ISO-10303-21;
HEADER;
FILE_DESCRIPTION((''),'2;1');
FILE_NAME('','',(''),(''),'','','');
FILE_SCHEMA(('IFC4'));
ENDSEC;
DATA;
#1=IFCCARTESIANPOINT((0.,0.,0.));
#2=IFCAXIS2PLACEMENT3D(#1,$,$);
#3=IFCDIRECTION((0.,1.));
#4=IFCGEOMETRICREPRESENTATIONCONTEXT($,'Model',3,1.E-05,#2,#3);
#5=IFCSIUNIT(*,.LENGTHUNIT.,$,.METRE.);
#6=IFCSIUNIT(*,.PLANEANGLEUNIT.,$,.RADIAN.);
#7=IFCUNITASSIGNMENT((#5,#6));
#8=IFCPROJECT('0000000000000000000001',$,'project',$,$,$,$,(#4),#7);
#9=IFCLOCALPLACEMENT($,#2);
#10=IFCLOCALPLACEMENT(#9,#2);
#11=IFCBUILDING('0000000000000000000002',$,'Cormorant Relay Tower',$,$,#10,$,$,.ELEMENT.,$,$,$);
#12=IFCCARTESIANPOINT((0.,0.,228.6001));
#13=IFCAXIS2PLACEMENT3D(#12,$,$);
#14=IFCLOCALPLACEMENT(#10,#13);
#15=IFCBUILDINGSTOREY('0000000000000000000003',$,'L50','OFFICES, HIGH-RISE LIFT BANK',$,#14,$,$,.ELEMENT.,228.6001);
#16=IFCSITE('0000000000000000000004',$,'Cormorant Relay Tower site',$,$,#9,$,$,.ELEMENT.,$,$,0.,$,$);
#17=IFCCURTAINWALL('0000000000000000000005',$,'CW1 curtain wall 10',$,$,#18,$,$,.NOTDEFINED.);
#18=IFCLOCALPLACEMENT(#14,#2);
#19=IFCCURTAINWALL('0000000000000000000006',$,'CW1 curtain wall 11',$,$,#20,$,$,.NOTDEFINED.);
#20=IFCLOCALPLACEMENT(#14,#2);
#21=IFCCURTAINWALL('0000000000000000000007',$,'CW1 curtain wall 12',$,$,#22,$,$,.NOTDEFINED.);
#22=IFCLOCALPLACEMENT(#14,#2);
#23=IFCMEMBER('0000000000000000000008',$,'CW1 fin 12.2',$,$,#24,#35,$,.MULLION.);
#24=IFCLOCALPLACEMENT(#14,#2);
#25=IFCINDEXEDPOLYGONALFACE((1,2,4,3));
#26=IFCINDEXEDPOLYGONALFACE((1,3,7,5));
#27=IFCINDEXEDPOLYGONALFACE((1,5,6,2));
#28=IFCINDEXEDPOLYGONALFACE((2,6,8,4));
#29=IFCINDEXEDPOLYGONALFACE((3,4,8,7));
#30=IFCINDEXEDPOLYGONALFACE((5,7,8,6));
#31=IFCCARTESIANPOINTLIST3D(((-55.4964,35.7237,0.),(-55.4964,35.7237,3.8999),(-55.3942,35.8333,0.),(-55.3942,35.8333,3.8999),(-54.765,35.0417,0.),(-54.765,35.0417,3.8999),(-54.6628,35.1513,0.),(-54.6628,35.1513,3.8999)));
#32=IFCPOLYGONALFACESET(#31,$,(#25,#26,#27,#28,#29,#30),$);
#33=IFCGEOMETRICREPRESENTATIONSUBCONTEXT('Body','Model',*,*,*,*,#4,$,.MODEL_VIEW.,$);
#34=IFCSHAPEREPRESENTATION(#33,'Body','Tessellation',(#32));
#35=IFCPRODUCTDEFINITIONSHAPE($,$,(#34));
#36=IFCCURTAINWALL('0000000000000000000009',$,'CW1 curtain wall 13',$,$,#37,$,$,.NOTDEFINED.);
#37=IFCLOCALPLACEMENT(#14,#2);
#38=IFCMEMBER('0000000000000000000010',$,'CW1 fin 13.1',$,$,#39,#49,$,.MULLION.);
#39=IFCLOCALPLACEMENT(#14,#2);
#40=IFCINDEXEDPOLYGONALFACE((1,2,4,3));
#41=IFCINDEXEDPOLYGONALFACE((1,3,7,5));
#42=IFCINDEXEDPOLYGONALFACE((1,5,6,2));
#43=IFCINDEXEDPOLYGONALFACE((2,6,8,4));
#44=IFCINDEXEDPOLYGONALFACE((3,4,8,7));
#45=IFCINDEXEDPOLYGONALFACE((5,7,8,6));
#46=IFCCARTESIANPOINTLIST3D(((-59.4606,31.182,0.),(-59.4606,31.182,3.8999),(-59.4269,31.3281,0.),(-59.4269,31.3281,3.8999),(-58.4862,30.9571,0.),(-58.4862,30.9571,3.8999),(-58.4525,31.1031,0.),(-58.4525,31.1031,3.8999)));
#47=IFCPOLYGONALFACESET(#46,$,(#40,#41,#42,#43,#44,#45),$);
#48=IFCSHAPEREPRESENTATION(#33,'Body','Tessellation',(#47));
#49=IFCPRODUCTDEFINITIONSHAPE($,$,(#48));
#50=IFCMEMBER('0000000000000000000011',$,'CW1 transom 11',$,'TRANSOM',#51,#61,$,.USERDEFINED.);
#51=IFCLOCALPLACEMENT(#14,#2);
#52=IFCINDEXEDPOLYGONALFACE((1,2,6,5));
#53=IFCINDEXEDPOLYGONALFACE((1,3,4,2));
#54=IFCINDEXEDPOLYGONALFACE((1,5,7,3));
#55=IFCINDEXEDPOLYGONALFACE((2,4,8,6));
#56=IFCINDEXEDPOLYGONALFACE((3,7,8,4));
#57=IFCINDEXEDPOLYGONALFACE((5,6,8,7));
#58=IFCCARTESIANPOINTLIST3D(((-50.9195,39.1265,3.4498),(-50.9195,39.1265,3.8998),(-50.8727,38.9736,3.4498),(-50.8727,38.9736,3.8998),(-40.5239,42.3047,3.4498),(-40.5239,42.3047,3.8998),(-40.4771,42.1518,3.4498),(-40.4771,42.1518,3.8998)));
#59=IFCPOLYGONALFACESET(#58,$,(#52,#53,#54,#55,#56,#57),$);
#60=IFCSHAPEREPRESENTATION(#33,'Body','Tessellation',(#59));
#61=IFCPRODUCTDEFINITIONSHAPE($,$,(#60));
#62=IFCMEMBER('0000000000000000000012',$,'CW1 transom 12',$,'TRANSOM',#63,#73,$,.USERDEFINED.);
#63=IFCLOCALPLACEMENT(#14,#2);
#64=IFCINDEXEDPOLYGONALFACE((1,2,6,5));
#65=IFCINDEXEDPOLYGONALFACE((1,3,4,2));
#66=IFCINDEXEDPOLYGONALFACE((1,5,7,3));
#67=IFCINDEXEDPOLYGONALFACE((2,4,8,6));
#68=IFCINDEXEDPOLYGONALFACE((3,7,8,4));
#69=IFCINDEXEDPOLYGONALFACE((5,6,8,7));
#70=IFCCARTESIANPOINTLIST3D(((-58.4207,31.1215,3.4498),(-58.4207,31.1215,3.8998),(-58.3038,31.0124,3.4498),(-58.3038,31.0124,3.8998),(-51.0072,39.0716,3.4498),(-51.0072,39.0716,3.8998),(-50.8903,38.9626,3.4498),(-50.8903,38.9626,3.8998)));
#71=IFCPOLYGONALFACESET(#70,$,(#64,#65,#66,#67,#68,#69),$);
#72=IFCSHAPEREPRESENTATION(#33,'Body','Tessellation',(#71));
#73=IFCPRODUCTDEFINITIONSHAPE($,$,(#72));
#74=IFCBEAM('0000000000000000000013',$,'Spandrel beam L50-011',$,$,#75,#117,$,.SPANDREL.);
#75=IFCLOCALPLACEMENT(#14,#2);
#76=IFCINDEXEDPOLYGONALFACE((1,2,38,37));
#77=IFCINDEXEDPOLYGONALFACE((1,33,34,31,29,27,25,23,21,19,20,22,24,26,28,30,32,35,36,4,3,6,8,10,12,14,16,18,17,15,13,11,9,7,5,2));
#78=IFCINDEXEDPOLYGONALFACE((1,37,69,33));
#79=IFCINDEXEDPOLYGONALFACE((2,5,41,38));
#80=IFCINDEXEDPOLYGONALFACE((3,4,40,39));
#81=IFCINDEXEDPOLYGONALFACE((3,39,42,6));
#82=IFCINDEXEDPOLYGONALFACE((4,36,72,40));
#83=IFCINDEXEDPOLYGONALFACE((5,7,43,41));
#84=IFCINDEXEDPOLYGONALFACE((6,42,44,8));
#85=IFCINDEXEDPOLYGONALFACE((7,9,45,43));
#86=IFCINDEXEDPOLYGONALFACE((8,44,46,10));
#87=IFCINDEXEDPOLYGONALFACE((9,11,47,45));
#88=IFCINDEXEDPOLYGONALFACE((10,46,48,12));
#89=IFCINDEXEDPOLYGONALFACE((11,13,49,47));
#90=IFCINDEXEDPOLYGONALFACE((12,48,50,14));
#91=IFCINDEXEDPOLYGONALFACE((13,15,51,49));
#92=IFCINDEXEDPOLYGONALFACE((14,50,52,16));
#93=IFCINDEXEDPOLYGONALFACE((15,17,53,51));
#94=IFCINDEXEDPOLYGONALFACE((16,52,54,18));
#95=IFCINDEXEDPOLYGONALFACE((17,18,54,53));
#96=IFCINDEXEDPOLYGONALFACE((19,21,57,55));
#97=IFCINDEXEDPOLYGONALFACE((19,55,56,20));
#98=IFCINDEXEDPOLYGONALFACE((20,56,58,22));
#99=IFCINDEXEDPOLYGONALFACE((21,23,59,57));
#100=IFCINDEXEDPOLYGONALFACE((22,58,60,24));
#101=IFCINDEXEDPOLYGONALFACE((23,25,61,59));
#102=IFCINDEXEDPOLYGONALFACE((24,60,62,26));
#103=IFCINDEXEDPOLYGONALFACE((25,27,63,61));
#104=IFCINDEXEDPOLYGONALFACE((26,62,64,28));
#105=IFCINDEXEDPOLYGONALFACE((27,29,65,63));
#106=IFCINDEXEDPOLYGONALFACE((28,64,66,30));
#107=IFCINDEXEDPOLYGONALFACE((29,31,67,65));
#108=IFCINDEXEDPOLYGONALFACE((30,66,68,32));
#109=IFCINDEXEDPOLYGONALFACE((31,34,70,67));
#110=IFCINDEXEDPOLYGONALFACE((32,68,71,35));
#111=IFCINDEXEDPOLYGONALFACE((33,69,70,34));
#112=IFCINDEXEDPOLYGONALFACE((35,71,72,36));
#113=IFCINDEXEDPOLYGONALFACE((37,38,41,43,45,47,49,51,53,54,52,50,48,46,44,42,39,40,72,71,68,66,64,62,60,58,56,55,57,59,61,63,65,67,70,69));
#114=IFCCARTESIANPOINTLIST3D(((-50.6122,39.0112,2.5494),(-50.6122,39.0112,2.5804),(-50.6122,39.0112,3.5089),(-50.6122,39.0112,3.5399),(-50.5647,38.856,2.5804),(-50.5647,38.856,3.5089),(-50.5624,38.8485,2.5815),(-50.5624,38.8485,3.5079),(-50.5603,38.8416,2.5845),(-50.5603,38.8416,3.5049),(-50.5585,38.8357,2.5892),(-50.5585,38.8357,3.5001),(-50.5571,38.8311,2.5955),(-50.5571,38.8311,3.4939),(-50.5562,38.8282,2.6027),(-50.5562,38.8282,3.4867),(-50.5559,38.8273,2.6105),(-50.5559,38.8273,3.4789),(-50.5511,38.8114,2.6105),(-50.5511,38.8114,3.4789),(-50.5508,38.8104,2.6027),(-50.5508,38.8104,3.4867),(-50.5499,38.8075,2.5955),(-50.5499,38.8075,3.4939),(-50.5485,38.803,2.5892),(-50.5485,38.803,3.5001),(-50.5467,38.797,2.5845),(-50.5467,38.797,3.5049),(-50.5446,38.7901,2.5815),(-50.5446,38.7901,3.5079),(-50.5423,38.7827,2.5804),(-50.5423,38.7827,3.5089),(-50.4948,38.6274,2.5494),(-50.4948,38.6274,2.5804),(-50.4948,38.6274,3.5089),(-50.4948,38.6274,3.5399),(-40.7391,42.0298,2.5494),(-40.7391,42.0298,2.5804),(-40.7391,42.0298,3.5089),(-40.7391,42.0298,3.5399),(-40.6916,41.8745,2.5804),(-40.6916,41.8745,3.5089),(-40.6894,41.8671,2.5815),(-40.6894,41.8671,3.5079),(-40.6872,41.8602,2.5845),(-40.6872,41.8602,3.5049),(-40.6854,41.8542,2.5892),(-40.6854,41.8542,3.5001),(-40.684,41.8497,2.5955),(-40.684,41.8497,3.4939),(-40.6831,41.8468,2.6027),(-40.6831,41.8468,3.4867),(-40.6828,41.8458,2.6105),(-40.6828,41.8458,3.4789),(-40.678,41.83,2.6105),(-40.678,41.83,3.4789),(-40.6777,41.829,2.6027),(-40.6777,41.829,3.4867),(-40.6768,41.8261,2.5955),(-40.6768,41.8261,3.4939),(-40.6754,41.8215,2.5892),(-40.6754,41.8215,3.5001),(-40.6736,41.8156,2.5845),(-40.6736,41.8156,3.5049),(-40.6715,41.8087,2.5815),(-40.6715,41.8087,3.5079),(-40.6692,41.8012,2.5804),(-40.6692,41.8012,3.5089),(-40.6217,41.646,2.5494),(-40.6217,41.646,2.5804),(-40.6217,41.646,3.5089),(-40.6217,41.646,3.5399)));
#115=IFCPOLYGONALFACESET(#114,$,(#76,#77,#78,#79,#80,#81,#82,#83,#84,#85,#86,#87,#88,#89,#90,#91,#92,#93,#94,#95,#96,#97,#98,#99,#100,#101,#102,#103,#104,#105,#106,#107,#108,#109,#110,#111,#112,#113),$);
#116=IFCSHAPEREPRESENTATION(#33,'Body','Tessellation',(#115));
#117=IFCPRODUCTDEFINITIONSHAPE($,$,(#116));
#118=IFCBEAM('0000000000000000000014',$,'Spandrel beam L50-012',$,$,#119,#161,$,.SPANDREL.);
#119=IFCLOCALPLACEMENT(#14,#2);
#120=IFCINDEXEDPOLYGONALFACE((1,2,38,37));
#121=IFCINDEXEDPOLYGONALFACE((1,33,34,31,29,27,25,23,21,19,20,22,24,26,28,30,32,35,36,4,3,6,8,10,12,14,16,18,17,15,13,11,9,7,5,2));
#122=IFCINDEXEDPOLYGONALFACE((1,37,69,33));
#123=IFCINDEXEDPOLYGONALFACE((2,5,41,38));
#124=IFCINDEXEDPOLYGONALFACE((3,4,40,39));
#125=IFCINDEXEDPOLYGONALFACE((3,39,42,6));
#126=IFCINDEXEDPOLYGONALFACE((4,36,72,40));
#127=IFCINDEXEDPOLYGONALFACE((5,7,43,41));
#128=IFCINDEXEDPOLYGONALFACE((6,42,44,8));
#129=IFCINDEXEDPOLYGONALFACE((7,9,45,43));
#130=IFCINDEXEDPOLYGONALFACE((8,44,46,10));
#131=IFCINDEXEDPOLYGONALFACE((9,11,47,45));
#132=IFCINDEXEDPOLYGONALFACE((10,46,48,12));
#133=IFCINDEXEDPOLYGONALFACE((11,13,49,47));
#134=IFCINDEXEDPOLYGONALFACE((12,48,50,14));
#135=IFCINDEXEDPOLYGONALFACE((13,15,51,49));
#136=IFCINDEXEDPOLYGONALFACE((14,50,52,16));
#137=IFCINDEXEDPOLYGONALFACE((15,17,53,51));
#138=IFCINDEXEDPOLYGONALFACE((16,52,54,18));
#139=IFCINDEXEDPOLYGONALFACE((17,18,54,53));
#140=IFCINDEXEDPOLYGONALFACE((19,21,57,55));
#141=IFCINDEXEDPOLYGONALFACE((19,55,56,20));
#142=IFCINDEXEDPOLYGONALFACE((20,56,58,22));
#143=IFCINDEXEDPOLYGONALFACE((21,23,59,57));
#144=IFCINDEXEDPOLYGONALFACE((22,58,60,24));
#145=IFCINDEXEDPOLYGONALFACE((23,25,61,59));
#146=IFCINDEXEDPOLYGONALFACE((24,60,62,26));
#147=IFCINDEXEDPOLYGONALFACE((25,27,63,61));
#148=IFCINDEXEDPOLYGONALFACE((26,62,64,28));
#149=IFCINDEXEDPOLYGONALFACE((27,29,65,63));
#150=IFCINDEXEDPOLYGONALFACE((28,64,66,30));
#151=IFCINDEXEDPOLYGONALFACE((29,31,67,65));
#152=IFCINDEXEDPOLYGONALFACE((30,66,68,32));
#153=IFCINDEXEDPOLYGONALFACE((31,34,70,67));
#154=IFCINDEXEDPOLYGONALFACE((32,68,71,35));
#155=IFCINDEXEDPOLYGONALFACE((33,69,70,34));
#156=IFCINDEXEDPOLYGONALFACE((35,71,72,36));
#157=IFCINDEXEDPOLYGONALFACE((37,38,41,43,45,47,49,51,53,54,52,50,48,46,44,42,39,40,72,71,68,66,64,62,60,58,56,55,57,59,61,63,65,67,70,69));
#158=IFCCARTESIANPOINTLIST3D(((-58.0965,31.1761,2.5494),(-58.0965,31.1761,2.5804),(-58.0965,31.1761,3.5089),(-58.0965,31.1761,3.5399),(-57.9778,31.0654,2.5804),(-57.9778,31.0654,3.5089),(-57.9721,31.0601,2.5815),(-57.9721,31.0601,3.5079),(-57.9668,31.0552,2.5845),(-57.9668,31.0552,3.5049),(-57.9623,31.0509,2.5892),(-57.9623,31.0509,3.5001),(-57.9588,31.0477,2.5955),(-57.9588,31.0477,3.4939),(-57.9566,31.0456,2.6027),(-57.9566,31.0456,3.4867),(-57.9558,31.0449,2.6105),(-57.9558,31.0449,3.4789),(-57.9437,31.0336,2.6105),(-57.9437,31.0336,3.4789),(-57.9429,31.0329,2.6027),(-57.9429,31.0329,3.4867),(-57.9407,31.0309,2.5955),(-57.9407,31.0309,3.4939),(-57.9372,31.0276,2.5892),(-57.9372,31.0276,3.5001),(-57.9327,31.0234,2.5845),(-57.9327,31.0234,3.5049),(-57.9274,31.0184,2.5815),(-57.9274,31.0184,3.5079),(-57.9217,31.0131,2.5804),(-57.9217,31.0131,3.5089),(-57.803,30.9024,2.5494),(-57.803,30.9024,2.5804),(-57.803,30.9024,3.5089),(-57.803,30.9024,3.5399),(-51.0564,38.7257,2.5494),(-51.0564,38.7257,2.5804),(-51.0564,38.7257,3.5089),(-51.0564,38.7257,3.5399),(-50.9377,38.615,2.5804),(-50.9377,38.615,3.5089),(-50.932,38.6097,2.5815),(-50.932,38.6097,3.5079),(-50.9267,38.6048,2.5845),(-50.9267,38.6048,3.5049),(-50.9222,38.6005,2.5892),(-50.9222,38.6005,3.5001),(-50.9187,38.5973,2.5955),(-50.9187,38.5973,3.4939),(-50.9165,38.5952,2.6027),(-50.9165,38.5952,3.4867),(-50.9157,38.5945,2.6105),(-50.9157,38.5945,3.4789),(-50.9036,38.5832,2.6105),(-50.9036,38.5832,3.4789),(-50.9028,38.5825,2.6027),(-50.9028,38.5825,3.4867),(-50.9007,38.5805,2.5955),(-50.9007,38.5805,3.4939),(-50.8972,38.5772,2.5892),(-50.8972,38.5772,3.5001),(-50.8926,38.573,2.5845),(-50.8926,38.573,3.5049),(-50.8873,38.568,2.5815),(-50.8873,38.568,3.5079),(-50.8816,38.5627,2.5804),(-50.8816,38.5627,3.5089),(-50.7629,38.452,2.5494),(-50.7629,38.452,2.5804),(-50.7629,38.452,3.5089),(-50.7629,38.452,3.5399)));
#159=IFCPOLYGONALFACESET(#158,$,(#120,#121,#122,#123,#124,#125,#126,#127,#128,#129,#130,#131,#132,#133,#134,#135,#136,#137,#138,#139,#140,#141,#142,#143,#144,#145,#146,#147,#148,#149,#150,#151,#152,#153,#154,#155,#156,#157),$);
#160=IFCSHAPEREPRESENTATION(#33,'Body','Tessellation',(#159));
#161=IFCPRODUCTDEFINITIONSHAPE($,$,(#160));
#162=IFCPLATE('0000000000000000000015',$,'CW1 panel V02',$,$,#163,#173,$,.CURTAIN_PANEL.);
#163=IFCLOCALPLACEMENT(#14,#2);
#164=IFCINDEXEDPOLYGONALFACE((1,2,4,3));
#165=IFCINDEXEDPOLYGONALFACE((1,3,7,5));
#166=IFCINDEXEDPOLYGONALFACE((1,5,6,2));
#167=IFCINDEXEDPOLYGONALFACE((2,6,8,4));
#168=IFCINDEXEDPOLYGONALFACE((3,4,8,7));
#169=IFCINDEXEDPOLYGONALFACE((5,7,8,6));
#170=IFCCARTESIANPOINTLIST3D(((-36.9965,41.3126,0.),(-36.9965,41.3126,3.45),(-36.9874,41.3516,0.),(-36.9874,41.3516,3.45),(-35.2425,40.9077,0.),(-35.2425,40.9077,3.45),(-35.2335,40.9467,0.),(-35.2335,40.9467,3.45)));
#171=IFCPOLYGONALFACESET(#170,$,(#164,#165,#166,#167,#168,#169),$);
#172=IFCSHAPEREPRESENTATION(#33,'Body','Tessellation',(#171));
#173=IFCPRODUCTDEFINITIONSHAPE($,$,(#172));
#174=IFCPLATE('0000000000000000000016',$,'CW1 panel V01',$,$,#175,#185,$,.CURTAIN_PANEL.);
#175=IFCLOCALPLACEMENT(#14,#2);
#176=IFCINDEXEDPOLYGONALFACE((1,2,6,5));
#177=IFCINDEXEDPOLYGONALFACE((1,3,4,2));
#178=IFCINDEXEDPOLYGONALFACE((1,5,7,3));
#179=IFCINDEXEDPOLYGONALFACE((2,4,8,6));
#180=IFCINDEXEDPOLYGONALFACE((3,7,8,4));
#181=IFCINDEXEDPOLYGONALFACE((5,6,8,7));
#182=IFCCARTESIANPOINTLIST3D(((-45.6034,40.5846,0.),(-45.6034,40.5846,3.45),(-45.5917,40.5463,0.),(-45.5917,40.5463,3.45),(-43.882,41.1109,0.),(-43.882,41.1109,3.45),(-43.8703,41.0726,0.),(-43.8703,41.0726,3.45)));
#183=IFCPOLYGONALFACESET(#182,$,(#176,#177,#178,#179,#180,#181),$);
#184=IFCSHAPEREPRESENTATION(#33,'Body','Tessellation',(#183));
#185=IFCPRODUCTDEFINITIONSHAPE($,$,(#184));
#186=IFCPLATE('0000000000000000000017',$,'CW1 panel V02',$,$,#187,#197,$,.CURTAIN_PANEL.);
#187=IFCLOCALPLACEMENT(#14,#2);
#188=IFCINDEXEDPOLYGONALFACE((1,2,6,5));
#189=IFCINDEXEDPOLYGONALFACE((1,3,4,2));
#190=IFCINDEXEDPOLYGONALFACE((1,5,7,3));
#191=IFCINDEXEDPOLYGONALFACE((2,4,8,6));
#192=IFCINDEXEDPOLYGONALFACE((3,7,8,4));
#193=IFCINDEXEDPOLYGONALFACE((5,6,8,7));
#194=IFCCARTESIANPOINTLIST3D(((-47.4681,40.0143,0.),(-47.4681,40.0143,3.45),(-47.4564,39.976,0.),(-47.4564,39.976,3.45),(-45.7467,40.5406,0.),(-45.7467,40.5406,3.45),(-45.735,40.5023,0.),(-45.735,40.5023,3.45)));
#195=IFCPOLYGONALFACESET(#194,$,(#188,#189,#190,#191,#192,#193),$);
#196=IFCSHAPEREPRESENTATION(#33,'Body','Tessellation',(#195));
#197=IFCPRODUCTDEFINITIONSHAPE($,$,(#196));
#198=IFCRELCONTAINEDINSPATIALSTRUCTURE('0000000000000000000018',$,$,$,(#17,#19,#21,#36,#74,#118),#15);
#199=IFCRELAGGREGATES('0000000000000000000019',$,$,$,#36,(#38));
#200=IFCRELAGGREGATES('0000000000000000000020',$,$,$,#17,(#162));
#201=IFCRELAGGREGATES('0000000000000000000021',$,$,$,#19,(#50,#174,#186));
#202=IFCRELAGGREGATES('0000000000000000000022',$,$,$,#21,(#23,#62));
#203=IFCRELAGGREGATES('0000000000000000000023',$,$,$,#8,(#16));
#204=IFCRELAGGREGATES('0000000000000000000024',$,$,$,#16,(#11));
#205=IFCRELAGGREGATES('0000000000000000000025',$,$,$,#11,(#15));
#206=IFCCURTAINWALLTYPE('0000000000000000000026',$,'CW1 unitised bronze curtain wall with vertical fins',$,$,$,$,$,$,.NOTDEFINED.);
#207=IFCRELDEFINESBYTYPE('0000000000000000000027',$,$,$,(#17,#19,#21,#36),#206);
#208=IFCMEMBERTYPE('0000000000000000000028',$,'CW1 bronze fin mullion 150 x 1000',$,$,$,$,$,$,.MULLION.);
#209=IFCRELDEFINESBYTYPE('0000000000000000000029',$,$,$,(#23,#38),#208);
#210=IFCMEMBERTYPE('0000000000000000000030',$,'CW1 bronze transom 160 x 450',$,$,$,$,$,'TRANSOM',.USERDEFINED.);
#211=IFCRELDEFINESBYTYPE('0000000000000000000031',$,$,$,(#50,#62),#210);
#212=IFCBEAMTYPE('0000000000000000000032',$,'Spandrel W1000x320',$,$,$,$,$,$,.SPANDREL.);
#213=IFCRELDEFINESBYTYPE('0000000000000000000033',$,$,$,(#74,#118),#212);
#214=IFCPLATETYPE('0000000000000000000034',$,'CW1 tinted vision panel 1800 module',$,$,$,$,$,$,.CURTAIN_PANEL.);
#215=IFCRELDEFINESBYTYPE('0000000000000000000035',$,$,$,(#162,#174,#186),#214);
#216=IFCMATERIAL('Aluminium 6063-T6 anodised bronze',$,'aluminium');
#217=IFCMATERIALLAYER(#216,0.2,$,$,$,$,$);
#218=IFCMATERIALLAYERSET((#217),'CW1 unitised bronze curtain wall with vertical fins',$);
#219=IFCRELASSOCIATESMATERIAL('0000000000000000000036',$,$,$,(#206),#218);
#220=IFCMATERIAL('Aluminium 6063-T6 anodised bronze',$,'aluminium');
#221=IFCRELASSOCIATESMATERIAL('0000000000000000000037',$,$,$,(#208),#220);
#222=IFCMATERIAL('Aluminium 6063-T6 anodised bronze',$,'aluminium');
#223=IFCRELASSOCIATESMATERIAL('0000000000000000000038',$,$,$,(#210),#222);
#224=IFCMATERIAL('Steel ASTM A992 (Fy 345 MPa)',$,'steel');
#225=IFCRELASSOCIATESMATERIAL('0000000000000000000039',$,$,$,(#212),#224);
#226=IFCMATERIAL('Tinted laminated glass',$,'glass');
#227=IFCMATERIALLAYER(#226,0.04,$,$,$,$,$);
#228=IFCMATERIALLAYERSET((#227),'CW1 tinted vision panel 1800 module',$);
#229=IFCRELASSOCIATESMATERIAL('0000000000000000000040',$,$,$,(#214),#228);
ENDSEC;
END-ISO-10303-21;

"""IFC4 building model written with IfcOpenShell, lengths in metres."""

from ifc_helpers import new_model, si_unit, direction, frame, origin, origin_2d, place, context, subcontext, project, spatial, rectangle, i_section, extrude, material, layer, layer_set, material_profile, profile_set, type_object, element, aggregate, save


model = new_model("IFC4")

# Units and contexts
model_context = context("Model", 3, precision=1e-05, world=origin(), true_north=direction((0.0, 1.0)))
body_context = subcontext(model_context, "Body", "Model", "MODEL_VIEW")
ifc_project = project(units=[si_unit("LENGTHUNIT", "METRE"), si_unit("PLANEANGLEUNIT", "RADIAN")], contexts=[model_context])

# Site, building, storey
site_placement = place(None, origin())
site = spatial("IfcSite", under=ifc_project, at=site_placement, Name="Cormorant Relay Tower site", CompositionType="ELEMENT", RefElevation=0.0)
building_placement = place(site_placement, origin())
building = spatial("IfcBuilding", under=site, at=building_placement, Name="Cormorant Relay Tower", CompositionType="ELEMENT")
storey_placement = place(building_placement, frame((0.0, 0.0, 228.6001)))
storey = spatial("IfcBuildingStorey", under=building, at=storey_placement, Name="L50", Description="OFFICES, HIGH-RISE LIFT BANK", CompositionType="ELEMENT", Elevation=228.6001)

# Curtain wall
ifc_material_1 = material(Name="Aluminium 6063-T6 anodised bronze", Category="aluminium")
ifc_layer_1 = layer(ifc_material_1, 0.2)
ifc_layer_set_1 = layer_set([ifc_layer_1], Name="CW1 unitised bronze curtain wall with vertical fins")
curtain_wall_type = type_object("IfcCurtainWallType", Name="CW1 unitised bronze curtain wall with vertical fins", PredefinedType="NOTDEFINED", material=ifc_layer_set_1)
curtain_wall_1_placement = place(storey_placement, origin())
curtain_wall_1 = element("IfcCurtainWall", 1, at=curtain_wall_1_placement, inside=storey, type_object=curtain_wall_type, Name="CW1 curtain wall 10", PredefinedType="NOTDEFINED")
ifc_material_2 = material(Name="Aluminium 6063-T6 anodised bronze", Category="aluminium")
ifc_material_profile_1 = material_profile(ifc_material_2, rectangle(XDim=0.1499, YDim=1.0, at=origin_2d()), Name="AL 150x1000")
ifc_profile_set_1 = profile_set([ifc_material_profile_1], Name="Aluminium 6063-T6 anodised bronze")
member_type_1 = type_object("IfcMemberType", Name="CW1 bronze fin mullion 150 x 1000", PredefinedType="MULLION", material=ifc_profile_set_1)

# Curtain walls, member
curtain_wall_2_placement = place(storey_placement, origin())
curtain_wall_2 = element("IfcCurtainWall", 2, at=curtain_wall_2_placement, inside=storey, type_object=curtain_wall_type, Name="CW1 curtain wall 11", PredefinedType="NOTDEFINED")
curtain_wall_3_placement = place(storey_placement, origin())
curtain_wall_3 = element("IfcCurtainWall", 3, at=curtain_wall_3_placement, inside=storey, type_object=curtain_wall_type, Name="CW1 curtain wall 12", PredefinedType="NOTDEFINED")
member_1_placement = place(storey_placement, frame((-55.0796, 35.4375, 0.0), z_axis=(0.0, 0.0, 1.0), x_axis=(-0.681998, -0.731354, 0.0)))
member_1 = element("IfcMember", 4, at=member_1_placement, type_object=member_type_1, Name="CW1 fin 12.2", PredefinedType="MULLION", context=body_context, shape_type="SweptSolid", body=[
    extrude(rectangle(XDim=0.1499, YDim=1.0, at=origin_2d()), origin(), (0.0, 0.0, 1.0), 3.8999),
])

# Curtain wall, member
curtain_wall_4_placement = place(storey_placement, origin())
curtain_wall_4 = element("IfcCurtainWall", 5, at=curtain_wall_4_placement, inside=storey, type_object=curtain_wall_type, Name="CW1 curtain wall 13", PredefinedType="NOTDEFINED")
member_2_placement = place(storey_placement, frame((-58.9565, 31.1426, 0.0), z_axis=(0.0, 0.0, 1.0), x_axis=(-0.224951, -0.97437, 0.0)))
member_2 = element("IfcMember", 6, at=member_2_placement, type_object=member_type_1, Name="CW1 fin 13.1", PredefinedType="MULLION", context=body_context, shape_type="SweptSolid", body=[
    extrude(rectangle(XDim=0.1499, YDim=1.0, at=origin_2d()), origin(), (0.0, 0.0, 1.0), 3.8999),
])
aggregate(curtain_wall_4, [member_2])

# Members
ifc_material_3 = material(Name="Aluminium 6063-T6 anodised bronze", Category="aluminium")
ifc_material_profile_2 = material_profile(ifc_material_3, rectangle(XDim=0.1599, YDim=0.45, at=origin_2d()), Name="AL 160x450")
ifc_profile_set_2 = profile_set([ifc_material_profile_2], Name="Aluminium 6063-T6 anodised bronze")
member_type_2 = type_object("IfcMemberType", Name="CW1 bronze transom 160 x 450", ElementType="TRANSOM", PredefinedType="USERDEFINED", material=ifc_profile_set_2)
member_3_placement = place(storey_placement, frame((-40.5005, 42.2283, 3.6748), z_axis=(-0.956305, -0.292371, 0.0), x_axis=(0.292371, -0.956305, 0.0)))
member_3 = element("IfcMember", 7, at=member_3_placement, type_object=member_type_2, Name="CW1 transom 11", ObjectType="TRANSOM", PredefinedType="USERDEFINED", context=body_context, shape_type="SweptSolid", body=[
    extrude(rectangle(XDim=0.1599, YDim=0.45, at=origin_2d()), origin(), (0.0, 0.0, 1.0), 10.8706),
])
member_4_placement = place(storey_placement, frame((-50.9487, 39.0171, 3.6748), z_axis=(-0.681993, -0.731358, 0.0), x_axis=(0.731358, -0.681993, 0.0)))
member_4 = element("IfcMember", 8, at=member_4_placement, type_object=member_type_2, Name="CW1 transom 12", ObjectType="TRANSOM", PredefinedType="USERDEFINED", context=body_context, shape_type="SweptSolid", body=[
    extrude(rectangle(XDim=0.1599, YDim=0.45, at=origin_2d()), origin(), (0.0, 0.0, 1.0), 10.8704),
])

# Beams
ifc_material_4 = material(Name="Steel ASTM A992 (Fy 345 MPa)", Category="steel")
ifc_material_profile_3 = material_profile(ifc_material_4, i_section(OverallWidth=0.4014, OverallDepth=0.9905, WebThickness=0.0166, FlangeThickness=0.031, FilletRadius=0.03, at=origin_2d()), Name="W1000x320")
ifc_profile_set_3 = profile_set([ifc_material_profile_3], Name="Steel ASTM A992 (Fy 345 MPa)")
beam_type = type_object("IfcBeamType", Name="Spandrel W1000x320", PredefinedType="SPANDREL", material=ifc_profile_set_3)
beam_1_placement = place(storey_placement, frame((-40.6804, 41.8379, 3.0447), z_axis=(-0.956303, -0.292377, 0.0), x_axis=(0.292377, -0.956303, 0.0)))
element("IfcBeam", 9, at=beam_1_placement, inside=storey, type_object=beam_type, Name="Spandrel beam L50-011", PredefinedType="SPANDREL", context=body_context, shape_type="SweptSolid", body=[
    extrude(i_section(OverallWidth=0.4014, OverallDepth=0.9905, WebThickness=0.0166, FlangeThickness=0.031, FilletRadius=0.03, at=origin_2d()), origin(), (0.0, 0.0, 1.0), 10.3242),
])
beam_2_placement = place(storey_placement, frame((-50.9097, 38.5889, 3.0447), z_axis=(-0.681996, -0.731356, 0.0), x_axis=(0.731356, -0.681996, 0.0)))
element("IfcBeam", 10, at=beam_2_placement, inside=storey, type_object=beam_type, Name="Spandrel beam L50-012", PredefinedType="SPANDREL", context=body_context, shape_type="SweptSolid", body=[
    extrude(i_section(OverallWidth=0.4014, OverallDepth=0.9905, WebThickness=0.0166, FlangeThickness=0.031, FilletRadius=0.03, at=origin_2d()), origin(), (0.0, 0.0, 1.0), 10.3228),
])

# Plates
ifc_material_5 = material(Name="Tinted laminated glass", Category="glass")
ifc_layer_2 = layer(ifc_material_5, 0.04)
ifc_layer_set_2 = layer_set([ifc_layer_2], Name="CW1 tinted vision panel 1800 module")
plate_type_1 = type_object("IfcPlateType", Name="CW1 tinted vision panel 1800 module", PredefinedType="CURTAIN_PANEL", material=ifc_layer_set_2)
plate_1_placement = place(storey_placement, frame((-36.115, 41.1296, 0.0), z_axis=(0.0, 0.0, 1.0), x_axis=(-0.97437, 0.224951, 0.0)))
plate_1 = element("IfcPlate", 11, at=plate_1_placement, type_object=plate_type_1, Name="CW1 panel V02", PredefinedType="CURTAIN_PANEL", context=body_context, shape_type="SweptSolid", body=[
    extrude(rectangle(XDim=1.8, YDim=0.04, at=origin_2d()), origin(), (0.0, 0.0, 1.0), 3.45),
])
plate_2_placement = place(storey_placement, frame((-44.7368, 40.8286, 0.0), z_axis=(0.0, 0.0, 1.0), x_axis=(-0.956305, -0.292372, 0.0)))
plate_2 = element("IfcPlate", 12, at=plate_2_placement, type_object=plate_type_1, Name="CW1 panel V01", PredefinedType="CURTAIN_PANEL", context=body_context, shape_type="SweptSolid", body=[
    extrude(rectangle(XDim=1.8, YDim=0.04, at=origin_2d()), origin(), (0.0, 0.0, 1.0), 3.45),
])
plate_3_placement = place(storey_placement, frame((-46.6016, 40.2583, 0.0), z_axis=(0.0, 0.0, 1.0), x_axis=(-0.956305, -0.292372, 0.0)))
plate_3 = element("IfcPlate", 13, at=plate_3_placement, type_object=plate_type_1, Name="CW1 panel V02", PredefinedType="CURTAIN_PANEL", context=body_context, shape_type="SweptSolid", body=[
    extrude(rectangle(XDim=1.8, YDim=0.04, at=origin_2d()), origin(), (0.0, 0.0, 1.0), 3.45),
])

aggregate(curtain_wall_1, [plate_1])
aggregate(curtain_wall_2, [member_3, plate_2, plate_3])
aggregate(curtain_wall_3, [member_1, member_4])

save(model, "model.ifc")
